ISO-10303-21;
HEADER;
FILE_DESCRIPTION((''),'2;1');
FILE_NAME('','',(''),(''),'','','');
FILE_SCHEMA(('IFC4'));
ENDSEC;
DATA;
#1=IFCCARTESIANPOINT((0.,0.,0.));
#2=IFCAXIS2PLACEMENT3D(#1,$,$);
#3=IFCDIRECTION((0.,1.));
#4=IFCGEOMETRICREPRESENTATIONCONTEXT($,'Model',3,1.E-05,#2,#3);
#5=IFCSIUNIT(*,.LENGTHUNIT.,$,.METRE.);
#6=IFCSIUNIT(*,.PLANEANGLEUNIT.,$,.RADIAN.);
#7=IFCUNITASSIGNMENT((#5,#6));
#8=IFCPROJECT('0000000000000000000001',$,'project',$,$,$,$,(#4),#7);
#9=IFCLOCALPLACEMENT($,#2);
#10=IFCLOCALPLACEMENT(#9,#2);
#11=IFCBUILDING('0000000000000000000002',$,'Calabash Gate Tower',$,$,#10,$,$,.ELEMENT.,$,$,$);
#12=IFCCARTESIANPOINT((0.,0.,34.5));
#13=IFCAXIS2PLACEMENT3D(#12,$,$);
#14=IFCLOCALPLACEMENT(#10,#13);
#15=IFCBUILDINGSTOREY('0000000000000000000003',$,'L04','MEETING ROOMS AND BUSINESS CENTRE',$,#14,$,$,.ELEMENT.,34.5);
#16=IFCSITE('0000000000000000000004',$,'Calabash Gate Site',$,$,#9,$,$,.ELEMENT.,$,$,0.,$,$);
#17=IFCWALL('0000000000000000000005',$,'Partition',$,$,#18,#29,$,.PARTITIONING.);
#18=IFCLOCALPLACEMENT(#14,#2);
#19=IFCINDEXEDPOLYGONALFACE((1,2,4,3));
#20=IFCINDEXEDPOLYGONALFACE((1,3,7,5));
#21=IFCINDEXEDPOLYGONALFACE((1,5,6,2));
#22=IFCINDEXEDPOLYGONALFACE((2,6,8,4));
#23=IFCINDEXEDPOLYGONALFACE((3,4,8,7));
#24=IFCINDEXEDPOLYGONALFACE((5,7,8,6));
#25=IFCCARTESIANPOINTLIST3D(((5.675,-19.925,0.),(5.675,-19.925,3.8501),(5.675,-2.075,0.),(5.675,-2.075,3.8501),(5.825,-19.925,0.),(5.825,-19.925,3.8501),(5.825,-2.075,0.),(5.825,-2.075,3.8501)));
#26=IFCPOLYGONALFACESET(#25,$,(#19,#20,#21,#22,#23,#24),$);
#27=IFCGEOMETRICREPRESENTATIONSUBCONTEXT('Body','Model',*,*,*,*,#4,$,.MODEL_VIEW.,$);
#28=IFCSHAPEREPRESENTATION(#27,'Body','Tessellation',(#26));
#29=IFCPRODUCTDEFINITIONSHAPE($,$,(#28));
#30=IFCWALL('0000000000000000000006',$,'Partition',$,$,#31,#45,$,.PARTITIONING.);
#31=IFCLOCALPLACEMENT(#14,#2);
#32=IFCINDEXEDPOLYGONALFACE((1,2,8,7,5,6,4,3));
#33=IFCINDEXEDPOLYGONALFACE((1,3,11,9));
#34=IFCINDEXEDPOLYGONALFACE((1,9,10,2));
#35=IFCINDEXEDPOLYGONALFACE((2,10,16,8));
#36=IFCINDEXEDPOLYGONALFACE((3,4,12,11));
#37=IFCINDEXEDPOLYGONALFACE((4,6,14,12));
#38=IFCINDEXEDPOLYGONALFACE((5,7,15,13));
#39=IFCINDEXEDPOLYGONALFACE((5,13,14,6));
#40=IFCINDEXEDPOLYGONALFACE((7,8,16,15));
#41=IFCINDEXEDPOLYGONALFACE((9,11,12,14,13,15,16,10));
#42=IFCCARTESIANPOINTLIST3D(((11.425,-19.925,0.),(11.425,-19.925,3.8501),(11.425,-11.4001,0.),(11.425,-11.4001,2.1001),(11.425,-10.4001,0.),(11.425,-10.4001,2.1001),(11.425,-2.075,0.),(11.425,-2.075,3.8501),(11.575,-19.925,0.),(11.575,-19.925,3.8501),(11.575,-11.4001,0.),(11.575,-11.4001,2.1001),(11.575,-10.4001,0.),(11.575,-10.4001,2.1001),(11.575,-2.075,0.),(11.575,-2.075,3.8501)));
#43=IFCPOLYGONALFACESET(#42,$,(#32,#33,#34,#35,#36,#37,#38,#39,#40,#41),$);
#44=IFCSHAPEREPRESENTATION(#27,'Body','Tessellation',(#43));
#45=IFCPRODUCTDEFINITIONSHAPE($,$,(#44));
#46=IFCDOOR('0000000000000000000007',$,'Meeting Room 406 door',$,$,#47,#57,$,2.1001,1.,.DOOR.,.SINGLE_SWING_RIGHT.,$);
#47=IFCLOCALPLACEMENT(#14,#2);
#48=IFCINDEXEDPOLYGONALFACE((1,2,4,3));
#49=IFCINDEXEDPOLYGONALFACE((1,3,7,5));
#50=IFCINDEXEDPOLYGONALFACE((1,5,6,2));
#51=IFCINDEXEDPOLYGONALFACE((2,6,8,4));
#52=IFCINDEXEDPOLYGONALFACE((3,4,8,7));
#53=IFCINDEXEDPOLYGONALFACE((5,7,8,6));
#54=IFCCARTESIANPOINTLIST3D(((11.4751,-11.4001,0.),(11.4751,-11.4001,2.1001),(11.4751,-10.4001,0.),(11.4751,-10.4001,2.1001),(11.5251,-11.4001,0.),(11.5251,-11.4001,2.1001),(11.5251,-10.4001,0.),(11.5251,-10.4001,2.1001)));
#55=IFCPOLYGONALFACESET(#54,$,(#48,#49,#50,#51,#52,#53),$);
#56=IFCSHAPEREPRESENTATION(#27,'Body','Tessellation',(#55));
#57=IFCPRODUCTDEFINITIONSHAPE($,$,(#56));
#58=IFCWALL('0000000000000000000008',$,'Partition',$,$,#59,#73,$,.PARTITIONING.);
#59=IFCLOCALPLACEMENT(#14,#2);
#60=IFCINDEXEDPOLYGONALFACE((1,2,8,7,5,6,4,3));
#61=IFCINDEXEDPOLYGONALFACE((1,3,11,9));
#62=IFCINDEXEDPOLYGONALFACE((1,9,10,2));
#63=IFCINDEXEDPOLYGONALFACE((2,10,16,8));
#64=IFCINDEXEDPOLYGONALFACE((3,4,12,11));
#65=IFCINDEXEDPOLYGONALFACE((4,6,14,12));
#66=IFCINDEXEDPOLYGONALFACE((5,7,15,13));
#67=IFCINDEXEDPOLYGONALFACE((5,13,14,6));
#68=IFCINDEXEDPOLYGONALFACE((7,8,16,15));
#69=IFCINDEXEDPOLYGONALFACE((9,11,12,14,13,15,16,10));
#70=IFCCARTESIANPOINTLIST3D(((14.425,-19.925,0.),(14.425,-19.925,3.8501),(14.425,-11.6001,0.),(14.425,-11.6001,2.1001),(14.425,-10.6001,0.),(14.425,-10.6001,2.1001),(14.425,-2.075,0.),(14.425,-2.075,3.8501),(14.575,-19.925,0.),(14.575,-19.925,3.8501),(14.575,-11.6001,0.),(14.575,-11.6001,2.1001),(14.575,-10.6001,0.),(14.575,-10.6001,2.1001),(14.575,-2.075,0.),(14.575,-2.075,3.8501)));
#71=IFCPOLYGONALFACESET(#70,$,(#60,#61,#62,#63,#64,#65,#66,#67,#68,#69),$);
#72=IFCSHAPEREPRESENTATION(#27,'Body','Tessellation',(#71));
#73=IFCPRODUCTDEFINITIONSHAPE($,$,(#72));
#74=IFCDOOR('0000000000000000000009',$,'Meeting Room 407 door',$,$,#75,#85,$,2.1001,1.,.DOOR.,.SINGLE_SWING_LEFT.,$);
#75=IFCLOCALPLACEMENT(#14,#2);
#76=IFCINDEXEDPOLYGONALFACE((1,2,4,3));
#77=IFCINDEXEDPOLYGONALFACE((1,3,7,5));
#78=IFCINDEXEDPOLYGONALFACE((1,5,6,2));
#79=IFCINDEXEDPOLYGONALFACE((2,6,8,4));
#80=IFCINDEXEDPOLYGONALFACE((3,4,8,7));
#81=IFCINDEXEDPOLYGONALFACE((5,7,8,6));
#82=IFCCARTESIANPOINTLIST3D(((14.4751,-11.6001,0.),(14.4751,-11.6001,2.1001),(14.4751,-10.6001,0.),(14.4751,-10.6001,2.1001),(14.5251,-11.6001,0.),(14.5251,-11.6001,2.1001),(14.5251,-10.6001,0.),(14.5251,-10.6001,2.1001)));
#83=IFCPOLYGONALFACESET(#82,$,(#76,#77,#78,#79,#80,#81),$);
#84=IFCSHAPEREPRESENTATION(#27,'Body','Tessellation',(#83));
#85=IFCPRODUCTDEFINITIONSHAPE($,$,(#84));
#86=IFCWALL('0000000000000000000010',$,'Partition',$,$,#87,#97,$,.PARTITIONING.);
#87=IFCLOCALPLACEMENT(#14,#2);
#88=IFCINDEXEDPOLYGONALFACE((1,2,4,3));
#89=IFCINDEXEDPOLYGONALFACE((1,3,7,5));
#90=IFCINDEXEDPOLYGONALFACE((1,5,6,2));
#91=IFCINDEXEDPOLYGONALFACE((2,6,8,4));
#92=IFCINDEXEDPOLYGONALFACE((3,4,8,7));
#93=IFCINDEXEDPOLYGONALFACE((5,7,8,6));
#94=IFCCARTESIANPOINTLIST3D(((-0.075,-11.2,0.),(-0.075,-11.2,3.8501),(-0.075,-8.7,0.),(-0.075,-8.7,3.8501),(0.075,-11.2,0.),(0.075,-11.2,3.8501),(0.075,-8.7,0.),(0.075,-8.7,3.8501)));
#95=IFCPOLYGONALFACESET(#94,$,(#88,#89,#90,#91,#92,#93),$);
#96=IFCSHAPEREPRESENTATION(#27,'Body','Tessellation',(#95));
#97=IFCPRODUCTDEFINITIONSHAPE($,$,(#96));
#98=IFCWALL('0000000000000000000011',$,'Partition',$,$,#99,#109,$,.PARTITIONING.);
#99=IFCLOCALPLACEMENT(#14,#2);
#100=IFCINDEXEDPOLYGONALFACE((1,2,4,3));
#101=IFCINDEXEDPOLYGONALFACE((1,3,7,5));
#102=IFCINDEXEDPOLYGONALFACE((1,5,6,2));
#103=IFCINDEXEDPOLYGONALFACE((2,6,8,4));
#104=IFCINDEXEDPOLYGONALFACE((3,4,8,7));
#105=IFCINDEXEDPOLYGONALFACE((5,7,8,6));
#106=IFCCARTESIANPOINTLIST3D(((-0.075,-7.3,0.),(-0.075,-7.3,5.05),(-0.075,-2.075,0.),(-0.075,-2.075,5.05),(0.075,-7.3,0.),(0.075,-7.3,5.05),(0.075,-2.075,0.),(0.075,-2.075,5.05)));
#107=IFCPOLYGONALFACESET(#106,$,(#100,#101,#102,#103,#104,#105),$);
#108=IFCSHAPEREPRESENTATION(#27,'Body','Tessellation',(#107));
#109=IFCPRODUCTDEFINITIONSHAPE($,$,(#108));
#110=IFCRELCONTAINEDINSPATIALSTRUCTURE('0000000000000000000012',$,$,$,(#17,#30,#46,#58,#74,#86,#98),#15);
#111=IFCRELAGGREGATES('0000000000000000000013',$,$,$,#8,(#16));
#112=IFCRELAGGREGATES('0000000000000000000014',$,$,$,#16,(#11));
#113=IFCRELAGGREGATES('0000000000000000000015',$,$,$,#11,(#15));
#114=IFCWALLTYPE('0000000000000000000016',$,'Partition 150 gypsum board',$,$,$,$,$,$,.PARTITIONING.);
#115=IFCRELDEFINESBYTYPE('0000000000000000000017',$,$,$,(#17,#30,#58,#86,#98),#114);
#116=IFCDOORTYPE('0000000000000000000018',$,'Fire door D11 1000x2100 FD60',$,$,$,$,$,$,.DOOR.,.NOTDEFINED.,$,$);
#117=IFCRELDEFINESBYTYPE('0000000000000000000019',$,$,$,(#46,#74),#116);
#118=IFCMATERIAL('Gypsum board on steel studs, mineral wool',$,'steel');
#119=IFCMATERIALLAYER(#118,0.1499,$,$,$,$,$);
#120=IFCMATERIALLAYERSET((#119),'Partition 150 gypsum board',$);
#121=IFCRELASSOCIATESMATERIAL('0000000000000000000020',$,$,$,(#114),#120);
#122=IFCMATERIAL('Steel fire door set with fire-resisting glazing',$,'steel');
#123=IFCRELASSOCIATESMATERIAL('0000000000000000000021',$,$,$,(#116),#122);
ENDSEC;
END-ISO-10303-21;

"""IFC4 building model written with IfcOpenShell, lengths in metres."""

from ifc_helpers import new_model, si_unit, direction, frame, frame_2d, origin, place, context, subcontext, project, spatial, rectangle, extrude, material, layer, layer_set, type_object, element, fill, save


model = new_model("IFC4")

# Units and contexts
model_context = context("Model", 3, precision=1e-05, world=origin(), true_north=direction((0.0, 1.0)))
body_context = subcontext(model_context, "Body", "Model", "MODEL_VIEW")
ifc_project = project(units=[si_unit("LENGTHUNIT", "METRE"), si_unit("PLANEANGLEUNIT", "RADIAN")], contexts=[model_context])

# Site, building, storey
site_placement = place(None, origin())
site = spatial("IfcSite", under=ifc_project, at=site_placement, Name="Calabash Gate Site", CompositionType="ELEMENT", RefElevation=0.0)
building_placement = place(site_placement, origin())
building = spatial("IfcBuilding", under=site, at=building_placement, Name="Calabash Gate Tower", CompositionType="ELEMENT")
storey_placement = place(building_placement, frame((0.0, 0.0, 34.5)))
storey = spatial("IfcBuildingStorey", under=building, at=storey_placement, Name="L04", Description="MEETING ROOMS AND BUSINESS CENTRE", CompositionType="ELEMENT", Elevation=34.5)

# Shared definitions
ifc_material_1 = material(Name="Gypsum board on steel studs, mineral wool", Category="steel")
ifc_layer = layer(ifc_material_1, 0.1499)
ifc_layer_set = layer_set([ifc_layer], Name="Partition 150 gypsum board")
wall_type = type_object("IfcWallType", Name="Partition 150 gypsum board", PredefinedType="PARTITIONING", material=ifc_layer_set)

# Shared definitions
ifc_material_2 = material(Name="Steel fire door set with fire-resisting glazing", Category="steel")
door_type = type_object("IfcDoorType", Name="Fire door D11 1000x2100 FD60", OperationType="NOTDEFINED", PredefinedType="DOOR", material=ifc_material_2)

# Wall
wall_1_placement = place(storey_placement, frame((5.75, -19.925, 0.0), z_axis=(0.0, 0.0, 1.0), x_axis=(0.0, 1.0, 0.0)))
element("IfcWall", 1, at=wall_1_placement, inside=storey, type_object=wall_type, Name="Partition", PredefinedType="PARTITIONING", context=body_context, shape_type="SweptSolid", body=[
    extrude(rectangle(XDim=17.8501, YDim=0.1499, at=frame_2d((8.925, 0.0))), origin(), (0.0, 0.0, 1.0), 3.8501),
])

# Walls, openings, doors
wall_2_placement = place(storey_placement, frame((11.5, -19.925, 0.0), z_axis=(0.0, 0.0, 1.0), x_axis=(0.0, 1.0, 0.0)))
wall_2 = element("IfcWall", 2, at=wall_2_placement, inside=storey, type_object=wall_type, Name="Partition", PredefinedType="PARTITIONING", context=body_context, shape_type="SweptSolid", body=[
    extrude(rectangle(XDim=17.8501, YDim=0.1499, at=frame_2d((8.925, 0.0))), origin(), (0.0, 0.0, 1.0), 3.8501),
])
opening_1_placement = place(wall_2_placement, frame((8.5249, 0.0, 0.0)))
opening_1 = element("IfcOpeningElement", 3, at=opening_1_placement, cuts=wall_2, PredefinedType="OPENING", context=body_context, shape_type="SweptSolid", body=[
    extrude(rectangle(XDim=1.0, YDim=2.1001, at=frame_2d((0.5, 1.05))), frame((0.0, 0.085, 0.0), z_axis=(0.0, -1.0, 0.0), x_axis=(1.0, 0.0, 0.0)), (0.0, 0.0, 1.0), 0.1699),
])
door_1_placement = place(opening_1_placement, origin())
door_1 = element("IfcDoor", 4, at=door_1_placement, inside=storey, type_object=door_type, Name="Meeting Room 406 door", OperationType="SINGLE_SWING_RIGHT", OverallHeight=2.1001, OverallWidth=1.0, PredefinedType="DOOR", context=body_context, shape_type="SweptSolid", body=[
    extrude(rectangle(XDim=1.0, YDim=2.1001, at=frame_2d((0.5, 1.05))), frame((0.0, 0.0249, 0.0), z_axis=(0.0, -1.0, 0.0), x_axis=(1.0, 0.0, 0.0)), (0.0, 0.0, 1.0), 0.05),
])
fill(opening_1, door_1)
wall_3_placement = place(storey_placement, frame((14.5, -19.925, 0.0), z_axis=(0.0, 0.0, 1.0), x_axis=(0.0, 1.0, 0.0)))
wall_3 = element("IfcWall", 5, at=wall_3_placement, inside=storey, type_object=wall_type, Name="Partition", PredefinedType="PARTITIONING", context=body_context, shape_type="SweptSolid", body=[
    extrude(rectangle(XDim=17.8501, YDim=0.1499, at=frame_2d((8.925, 0.0))), origin(), (0.0, 0.0, 1.0), 3.8501),
])
opening_2_placement = place(wall_3_placement, frame((8.325, 0.0, 0.0)))
opening_2 = element("IfcOpeningElement", 6, at=opening_2_placement, cuts=wall_3, PredefinedType="OPENING", context=body_context, shape_type="SweptSolid", body=[
    extrude(rectangle(XDim=1.0, YDim=2.1001, at=frame_2d((0.5, 1.05))), frame((0.0, 0.085, 0.0), z_axis=(0.0, -1.0, 0.0), x_axis=(1.0, 0.0, 0.0)), (0.0, 0.0, 1.0), 0.1699),
])
door_2_placement = place(opening_2_placement, origin())
door_2 = element("IfcDoor", 7, at=door_2_placement, inside=storey, type_object=door_type, Name="Meeting Room 407 door", OperationType="SINGLE_SWING_LEFT", OverallHeight=2.1001, OverallWidth=1.0, PredefinedType="DOOR", context=body_context, shape_type="SweptSolid", body=[
    extrude(rectangle(XDim=1.0, YDim=2.1001, at=frame_2d((0.5, 1.05))), frame((0.0, 0.0249, 0.0), z_axis=(0.0, -1.0, 0.0), x_axis=(1.0, 0.0, 0.0)), (0.0, 0.0, 1.0), 0.05),
])
fill(opening_2, door_2)

# Walls
wall_4_placement = place(storey_placement, frame((0.0, -11.2, 0.0), z_axis=(0.0, 0.0, 1.0), x_axis=(0.0, 1.0, 0.0)))
element("IfcWall", 8, at=wall_4_placement, inside=storey, type_object=wall_type, Name="Partition", PredefinedType="PARTITIONING", context=body_context, shape_type="SweptSolid", body=[
    extrude(rectangle(XDim=2.5, YDim=0.1499, at=frame_2d((1.25, 0.0))), origin(), (0.0, 0.0, 1.0), 3.8501),
])
wall_5_placement = place(storey_placement, frame((0.0, -7.3, 0.0), z_axis=(0.0, 0.0, 1.0), x_axis=(0.0, 1.0, 0.0)))
element("IfcWall", 9, at=wall_5_placement, inside=storey, type_object=wall_type, Name="Partition", PredefinedType="PARTITIONING", context=body_context, shape_type="SweptSolid", body=[
    extrude(rectangle(XDim=5.2251, YDim=0.1499, at=frame_2d((2.6125, 0.0))), origin(), (0.0, 0.0, 1.0), 5.05),
])

save(model, "model.ifc")
